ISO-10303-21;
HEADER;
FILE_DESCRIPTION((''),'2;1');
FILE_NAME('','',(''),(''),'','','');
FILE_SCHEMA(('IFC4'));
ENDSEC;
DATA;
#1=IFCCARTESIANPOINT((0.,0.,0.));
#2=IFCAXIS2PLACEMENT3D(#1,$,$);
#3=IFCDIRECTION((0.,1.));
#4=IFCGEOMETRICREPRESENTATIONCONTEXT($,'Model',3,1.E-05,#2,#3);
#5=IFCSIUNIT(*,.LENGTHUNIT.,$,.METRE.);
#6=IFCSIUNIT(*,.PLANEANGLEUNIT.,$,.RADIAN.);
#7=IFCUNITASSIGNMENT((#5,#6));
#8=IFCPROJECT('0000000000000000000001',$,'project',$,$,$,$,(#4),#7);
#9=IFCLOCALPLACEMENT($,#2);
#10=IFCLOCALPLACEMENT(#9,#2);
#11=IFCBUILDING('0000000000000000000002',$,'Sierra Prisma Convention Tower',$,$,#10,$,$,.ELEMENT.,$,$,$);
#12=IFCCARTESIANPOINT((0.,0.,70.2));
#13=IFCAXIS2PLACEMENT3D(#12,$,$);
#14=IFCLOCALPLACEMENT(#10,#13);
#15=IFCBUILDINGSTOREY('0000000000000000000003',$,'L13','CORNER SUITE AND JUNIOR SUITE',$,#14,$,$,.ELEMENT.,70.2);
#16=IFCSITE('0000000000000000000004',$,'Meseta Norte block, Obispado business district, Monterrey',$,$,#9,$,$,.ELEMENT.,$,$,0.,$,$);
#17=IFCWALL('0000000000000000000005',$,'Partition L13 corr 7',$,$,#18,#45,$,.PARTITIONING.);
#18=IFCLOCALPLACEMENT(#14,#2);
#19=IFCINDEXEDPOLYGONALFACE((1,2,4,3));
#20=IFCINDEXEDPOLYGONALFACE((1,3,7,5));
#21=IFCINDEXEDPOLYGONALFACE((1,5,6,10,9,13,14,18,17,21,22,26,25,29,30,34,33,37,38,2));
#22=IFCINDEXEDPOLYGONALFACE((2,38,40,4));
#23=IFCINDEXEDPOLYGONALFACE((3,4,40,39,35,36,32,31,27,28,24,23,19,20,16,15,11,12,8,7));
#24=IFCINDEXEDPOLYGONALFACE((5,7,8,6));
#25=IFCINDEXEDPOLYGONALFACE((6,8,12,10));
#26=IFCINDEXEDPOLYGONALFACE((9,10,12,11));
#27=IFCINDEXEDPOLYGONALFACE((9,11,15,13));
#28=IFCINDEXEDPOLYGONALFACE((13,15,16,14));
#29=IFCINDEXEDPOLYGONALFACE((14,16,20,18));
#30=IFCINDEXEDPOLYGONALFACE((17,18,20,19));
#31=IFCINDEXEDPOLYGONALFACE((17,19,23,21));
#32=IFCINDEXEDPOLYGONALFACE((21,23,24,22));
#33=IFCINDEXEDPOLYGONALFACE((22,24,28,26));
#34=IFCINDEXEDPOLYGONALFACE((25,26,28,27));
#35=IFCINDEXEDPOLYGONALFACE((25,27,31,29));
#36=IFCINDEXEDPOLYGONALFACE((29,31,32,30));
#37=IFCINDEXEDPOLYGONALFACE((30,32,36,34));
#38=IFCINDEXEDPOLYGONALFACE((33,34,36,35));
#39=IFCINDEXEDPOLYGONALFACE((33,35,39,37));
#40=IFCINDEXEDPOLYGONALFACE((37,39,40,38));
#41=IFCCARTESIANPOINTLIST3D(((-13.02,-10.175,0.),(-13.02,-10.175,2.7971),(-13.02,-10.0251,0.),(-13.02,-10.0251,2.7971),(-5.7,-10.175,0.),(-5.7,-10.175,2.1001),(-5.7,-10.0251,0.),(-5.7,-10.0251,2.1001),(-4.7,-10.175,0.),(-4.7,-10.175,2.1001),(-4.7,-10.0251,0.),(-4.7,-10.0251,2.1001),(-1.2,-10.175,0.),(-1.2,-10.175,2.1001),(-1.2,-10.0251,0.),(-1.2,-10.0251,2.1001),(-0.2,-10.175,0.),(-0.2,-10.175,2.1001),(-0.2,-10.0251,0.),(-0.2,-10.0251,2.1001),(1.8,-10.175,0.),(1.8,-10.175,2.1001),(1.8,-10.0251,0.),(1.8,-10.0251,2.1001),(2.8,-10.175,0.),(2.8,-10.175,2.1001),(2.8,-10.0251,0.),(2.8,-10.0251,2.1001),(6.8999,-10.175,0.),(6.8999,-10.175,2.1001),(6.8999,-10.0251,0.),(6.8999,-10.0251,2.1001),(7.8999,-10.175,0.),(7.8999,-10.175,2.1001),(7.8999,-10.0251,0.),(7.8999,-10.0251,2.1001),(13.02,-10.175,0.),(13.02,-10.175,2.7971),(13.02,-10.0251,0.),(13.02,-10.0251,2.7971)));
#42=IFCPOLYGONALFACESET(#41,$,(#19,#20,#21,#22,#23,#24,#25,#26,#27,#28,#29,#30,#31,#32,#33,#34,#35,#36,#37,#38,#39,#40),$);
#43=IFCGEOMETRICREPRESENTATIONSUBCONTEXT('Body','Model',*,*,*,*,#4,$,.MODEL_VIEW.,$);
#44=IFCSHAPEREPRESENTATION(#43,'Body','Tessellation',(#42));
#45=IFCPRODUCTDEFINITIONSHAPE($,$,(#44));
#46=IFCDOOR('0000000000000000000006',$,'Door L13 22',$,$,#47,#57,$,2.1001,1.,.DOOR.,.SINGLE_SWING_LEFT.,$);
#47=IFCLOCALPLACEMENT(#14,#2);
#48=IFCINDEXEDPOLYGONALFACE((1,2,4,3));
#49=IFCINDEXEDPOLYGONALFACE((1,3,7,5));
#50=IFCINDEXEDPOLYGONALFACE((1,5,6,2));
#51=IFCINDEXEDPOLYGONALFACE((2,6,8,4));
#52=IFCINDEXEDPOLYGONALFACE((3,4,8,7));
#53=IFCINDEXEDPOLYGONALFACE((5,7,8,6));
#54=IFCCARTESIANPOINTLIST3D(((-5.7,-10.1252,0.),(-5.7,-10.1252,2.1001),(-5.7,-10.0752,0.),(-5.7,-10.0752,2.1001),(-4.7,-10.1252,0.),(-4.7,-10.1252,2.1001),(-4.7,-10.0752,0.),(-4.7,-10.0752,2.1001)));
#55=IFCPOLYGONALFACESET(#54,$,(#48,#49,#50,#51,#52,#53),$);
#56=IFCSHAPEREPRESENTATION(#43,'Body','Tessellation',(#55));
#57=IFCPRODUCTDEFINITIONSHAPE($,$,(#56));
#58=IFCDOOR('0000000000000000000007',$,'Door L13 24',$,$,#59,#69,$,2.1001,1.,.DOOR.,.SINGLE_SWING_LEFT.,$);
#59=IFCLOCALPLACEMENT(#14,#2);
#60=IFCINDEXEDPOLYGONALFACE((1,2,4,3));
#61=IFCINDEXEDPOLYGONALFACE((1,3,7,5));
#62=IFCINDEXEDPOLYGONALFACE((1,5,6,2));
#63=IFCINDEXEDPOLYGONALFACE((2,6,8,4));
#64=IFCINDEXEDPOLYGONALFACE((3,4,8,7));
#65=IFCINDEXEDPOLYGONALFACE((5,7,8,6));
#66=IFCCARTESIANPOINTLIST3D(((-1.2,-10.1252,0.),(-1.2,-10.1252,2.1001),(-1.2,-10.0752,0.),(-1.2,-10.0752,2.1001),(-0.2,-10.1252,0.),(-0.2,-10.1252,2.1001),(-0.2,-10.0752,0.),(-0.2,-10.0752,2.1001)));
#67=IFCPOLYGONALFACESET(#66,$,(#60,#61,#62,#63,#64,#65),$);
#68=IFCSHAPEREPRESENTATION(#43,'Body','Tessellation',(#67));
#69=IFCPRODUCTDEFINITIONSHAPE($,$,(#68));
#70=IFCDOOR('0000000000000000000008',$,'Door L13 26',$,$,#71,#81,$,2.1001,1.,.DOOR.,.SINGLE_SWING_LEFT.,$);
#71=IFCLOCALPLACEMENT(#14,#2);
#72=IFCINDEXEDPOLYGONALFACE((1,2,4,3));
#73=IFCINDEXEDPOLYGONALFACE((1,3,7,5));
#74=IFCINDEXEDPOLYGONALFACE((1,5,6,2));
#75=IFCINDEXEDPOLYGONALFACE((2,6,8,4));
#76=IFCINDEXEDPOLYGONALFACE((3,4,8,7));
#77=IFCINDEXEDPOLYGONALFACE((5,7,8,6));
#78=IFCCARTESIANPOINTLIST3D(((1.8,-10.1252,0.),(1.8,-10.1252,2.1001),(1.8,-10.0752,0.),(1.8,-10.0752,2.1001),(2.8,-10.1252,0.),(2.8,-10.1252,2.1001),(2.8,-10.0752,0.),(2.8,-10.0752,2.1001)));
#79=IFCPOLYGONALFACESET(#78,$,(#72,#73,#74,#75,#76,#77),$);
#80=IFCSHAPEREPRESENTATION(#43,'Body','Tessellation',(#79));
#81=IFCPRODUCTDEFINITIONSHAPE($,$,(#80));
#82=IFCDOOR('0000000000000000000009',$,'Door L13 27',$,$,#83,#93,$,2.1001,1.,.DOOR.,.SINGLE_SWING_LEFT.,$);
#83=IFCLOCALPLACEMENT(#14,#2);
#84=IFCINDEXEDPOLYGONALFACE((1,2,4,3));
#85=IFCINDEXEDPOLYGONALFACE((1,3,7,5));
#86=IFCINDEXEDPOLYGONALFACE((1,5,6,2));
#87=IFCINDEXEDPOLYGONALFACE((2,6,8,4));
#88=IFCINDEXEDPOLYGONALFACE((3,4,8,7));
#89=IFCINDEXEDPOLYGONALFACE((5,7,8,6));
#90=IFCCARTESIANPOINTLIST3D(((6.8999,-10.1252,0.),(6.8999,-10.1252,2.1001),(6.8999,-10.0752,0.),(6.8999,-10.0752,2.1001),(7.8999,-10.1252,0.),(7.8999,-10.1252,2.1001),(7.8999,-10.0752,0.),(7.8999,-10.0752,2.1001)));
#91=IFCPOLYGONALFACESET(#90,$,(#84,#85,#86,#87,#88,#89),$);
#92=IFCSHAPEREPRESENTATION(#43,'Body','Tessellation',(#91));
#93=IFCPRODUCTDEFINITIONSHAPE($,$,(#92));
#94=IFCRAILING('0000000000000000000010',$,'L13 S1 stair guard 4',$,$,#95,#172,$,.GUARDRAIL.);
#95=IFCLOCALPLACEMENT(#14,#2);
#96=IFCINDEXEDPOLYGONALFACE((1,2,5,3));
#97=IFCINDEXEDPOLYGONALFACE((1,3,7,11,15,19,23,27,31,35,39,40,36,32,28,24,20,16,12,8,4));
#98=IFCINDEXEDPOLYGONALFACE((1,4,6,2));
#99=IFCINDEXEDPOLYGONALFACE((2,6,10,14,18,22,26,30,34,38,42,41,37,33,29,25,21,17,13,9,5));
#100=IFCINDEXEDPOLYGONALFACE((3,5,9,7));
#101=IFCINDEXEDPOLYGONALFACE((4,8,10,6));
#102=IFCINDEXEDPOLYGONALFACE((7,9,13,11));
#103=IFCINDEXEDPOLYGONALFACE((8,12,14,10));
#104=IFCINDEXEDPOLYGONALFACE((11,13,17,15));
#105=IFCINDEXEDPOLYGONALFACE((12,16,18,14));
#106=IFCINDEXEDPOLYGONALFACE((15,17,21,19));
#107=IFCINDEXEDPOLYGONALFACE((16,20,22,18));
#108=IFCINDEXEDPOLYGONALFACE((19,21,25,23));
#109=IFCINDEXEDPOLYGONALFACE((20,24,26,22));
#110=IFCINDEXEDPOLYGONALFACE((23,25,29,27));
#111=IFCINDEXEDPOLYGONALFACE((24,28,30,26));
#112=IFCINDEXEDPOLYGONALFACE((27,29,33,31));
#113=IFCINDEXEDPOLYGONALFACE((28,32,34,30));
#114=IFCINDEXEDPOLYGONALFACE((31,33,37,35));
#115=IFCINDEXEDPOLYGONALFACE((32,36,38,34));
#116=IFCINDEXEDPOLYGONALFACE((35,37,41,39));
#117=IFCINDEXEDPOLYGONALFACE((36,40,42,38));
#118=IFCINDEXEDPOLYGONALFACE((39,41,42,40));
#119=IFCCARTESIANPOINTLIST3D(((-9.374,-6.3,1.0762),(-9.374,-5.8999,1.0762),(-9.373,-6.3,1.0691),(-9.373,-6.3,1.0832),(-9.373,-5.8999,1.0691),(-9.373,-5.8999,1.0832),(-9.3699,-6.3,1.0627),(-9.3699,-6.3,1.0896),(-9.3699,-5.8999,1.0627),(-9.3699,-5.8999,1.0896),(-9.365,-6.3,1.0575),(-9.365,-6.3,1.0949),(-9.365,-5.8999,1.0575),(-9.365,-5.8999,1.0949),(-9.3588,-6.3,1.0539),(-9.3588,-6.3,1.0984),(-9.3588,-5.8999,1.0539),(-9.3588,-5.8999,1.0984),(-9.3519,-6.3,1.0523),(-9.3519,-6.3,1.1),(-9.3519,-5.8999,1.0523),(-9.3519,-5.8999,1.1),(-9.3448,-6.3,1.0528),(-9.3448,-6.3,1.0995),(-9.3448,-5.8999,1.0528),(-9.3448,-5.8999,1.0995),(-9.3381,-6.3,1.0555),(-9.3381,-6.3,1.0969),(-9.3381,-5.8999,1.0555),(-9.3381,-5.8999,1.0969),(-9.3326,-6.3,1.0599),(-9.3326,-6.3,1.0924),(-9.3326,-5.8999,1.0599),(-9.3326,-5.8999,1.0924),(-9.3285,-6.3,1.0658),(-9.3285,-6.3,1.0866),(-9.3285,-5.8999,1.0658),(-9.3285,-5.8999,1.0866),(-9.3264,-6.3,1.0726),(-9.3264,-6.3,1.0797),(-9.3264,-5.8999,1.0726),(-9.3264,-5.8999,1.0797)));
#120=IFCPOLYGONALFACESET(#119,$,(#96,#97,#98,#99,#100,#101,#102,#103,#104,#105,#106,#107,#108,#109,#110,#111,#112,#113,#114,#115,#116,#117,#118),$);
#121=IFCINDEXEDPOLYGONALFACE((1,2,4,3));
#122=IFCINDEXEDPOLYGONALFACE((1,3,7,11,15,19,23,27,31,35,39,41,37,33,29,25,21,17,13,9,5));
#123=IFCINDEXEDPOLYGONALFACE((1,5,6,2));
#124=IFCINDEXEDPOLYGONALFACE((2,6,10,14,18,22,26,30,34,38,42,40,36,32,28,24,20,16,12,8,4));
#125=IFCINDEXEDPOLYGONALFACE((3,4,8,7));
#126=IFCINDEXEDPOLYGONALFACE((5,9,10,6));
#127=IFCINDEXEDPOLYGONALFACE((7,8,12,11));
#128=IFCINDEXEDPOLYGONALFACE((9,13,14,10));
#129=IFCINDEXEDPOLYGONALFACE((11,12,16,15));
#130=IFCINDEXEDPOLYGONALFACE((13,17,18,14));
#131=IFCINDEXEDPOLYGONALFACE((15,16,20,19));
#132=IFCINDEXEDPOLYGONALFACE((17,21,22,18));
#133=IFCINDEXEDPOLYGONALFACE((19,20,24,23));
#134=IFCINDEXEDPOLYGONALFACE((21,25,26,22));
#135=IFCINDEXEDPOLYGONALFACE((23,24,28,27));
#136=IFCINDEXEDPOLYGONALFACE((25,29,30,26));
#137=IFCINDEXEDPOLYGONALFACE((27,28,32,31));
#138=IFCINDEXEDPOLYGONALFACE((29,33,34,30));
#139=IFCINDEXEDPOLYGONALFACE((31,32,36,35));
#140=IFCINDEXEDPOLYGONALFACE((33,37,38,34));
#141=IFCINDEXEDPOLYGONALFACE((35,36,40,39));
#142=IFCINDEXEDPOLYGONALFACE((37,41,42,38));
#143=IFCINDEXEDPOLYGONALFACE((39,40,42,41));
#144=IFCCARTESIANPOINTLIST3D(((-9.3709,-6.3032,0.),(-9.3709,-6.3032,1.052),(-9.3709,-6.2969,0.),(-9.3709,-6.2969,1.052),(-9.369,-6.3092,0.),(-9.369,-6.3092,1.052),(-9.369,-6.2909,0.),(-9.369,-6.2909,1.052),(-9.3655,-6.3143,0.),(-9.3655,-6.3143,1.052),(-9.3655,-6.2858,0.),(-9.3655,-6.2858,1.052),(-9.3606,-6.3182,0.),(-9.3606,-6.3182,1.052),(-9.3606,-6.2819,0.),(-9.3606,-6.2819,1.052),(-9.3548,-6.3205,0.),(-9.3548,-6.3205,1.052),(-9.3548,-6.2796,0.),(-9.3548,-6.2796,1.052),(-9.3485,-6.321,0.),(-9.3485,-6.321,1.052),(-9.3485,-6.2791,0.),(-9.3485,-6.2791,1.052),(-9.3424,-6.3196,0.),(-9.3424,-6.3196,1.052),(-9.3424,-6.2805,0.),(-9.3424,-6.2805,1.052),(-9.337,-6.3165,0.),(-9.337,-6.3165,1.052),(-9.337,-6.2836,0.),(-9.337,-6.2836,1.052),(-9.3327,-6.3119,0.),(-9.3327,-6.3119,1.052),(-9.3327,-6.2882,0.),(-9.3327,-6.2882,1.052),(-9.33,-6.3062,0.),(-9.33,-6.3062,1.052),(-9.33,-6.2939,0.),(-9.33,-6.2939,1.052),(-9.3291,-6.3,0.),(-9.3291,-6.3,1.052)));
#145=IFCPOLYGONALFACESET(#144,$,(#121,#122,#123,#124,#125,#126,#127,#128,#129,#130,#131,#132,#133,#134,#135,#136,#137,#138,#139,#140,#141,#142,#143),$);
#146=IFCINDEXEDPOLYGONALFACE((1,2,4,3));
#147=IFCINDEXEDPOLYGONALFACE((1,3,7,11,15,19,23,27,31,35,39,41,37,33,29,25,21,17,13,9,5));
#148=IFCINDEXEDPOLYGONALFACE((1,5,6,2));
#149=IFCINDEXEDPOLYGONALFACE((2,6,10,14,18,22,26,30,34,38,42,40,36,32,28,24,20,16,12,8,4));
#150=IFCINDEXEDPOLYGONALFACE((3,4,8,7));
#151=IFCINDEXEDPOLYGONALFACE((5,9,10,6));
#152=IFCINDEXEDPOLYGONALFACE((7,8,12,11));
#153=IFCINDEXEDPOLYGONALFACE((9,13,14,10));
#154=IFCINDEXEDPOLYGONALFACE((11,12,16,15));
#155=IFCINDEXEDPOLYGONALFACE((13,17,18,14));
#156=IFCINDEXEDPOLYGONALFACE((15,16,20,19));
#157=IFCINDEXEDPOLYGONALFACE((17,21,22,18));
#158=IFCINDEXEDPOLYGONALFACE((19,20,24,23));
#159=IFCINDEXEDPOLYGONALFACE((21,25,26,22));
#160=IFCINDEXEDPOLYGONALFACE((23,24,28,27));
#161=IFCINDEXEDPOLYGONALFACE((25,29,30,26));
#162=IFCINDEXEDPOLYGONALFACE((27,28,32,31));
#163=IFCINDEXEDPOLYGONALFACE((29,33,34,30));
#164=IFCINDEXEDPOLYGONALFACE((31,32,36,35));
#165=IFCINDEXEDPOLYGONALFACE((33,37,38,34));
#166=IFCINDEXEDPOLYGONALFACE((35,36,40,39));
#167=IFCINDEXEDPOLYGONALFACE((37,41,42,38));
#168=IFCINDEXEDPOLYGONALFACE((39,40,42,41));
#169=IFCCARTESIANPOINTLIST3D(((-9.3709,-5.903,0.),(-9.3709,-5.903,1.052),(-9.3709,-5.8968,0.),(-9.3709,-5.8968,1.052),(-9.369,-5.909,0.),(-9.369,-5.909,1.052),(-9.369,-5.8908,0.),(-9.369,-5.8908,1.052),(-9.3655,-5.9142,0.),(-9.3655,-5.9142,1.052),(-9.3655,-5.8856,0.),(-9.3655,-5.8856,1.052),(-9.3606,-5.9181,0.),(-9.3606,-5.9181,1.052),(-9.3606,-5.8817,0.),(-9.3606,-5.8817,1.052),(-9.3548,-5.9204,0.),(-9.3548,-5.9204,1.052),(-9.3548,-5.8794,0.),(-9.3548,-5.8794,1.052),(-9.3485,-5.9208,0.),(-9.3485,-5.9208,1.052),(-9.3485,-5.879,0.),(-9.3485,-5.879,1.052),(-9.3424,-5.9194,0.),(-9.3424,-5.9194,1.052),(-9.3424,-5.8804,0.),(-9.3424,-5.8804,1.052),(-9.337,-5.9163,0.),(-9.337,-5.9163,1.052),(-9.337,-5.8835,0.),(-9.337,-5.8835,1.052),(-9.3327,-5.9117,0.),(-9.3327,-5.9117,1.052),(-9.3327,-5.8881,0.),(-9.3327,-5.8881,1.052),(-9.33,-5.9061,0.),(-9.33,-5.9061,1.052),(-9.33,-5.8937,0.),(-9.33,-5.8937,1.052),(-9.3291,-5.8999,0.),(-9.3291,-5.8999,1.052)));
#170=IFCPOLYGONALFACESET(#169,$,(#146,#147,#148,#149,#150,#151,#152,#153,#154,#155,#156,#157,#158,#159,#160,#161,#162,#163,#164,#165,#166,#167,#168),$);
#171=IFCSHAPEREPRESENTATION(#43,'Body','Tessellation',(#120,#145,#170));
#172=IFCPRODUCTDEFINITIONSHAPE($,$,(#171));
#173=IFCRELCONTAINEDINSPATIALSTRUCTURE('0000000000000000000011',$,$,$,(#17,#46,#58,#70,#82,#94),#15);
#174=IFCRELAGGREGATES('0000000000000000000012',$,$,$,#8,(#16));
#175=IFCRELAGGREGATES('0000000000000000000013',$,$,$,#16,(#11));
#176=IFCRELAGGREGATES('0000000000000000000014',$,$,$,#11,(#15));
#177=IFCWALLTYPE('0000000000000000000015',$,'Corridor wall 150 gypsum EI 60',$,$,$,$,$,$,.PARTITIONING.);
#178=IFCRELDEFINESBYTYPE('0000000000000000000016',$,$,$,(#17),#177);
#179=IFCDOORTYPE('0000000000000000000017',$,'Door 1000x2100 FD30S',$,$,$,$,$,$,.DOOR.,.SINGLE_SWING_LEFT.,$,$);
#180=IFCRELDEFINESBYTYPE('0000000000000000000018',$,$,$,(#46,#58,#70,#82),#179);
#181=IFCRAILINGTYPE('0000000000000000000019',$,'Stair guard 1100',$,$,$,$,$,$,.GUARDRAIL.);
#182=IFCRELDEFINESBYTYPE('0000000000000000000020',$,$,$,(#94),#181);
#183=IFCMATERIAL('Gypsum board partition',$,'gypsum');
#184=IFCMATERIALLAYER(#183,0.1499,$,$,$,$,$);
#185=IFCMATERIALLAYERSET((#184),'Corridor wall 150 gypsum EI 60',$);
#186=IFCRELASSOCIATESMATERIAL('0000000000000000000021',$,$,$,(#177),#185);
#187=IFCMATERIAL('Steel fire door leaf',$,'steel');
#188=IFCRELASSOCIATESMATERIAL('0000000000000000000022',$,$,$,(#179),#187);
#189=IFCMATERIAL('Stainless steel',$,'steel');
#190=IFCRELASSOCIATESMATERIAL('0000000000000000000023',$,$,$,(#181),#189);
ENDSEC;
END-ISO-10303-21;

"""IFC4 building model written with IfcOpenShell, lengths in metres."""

from ifc_helpers import new_model, si_unit, direction, frame, frame_2d, origin, origin_2d, place, context, subcontext, project, spatial, rectangle, circle, extrude, material, layer, layer_set, type_object, element, fill, save


model = new_model("IFC4")

# Units and contexts
model_context = context("Model", 3, precision=1e-05, world=origin(), true_north=direction((0.0, 1.0)))
body_context = subcontext(model_context, "Body", "Model", "MODEL_VIEW")
ifc_project = project(units=[si_unit("LENGTHUNIT", "METRE"), si_unit("PLANEANGLEUNIT", "RADIAN")], contexts=[model_context])

# Site, building, storey
site_placement = place(None, origin())
site = spatial("IfcSite", under=ifc_project, at=site_placement, Name="Meseta Norte block, Obispado business district, Monterrey", CompositionType="ELEMENT", RefElevation=0.0)
building_placement = place(site_placement, origin())
building = spatial("IfcBuilding", under=site, at=building_placement, Name="Sierra Prisma Convention Tower", CompositionType="ELEMENT")
storey_placement = place(building_placement, frame((0.0, 0.0, 70.2)))
storey = spatial("IfcBuildingStorey", under=building, at=storey_placement, Name="L13", Description="CORNER SUITE AND JUNIOR SUITE", CompositionType="ELEMENT", Elevation=70.2)

# Shared definitions
ifc_material_1 = material(Name="Gypsum board partition", Category="gypsum")
ifc_layer_1 = layer(ifc_material_1, 0.1499)
ifc_layer_set_1 = layer_set([ifc_layer_1], Name="Corridor wall 150 gypsum EI 60")
wall_type_1 = type_object("IfcWallType", Name="Corridor wall 150 gypsum EI 60", PredefinedType="PARTITIONING", material=ifc_layer_set_1)
ifc_material_2 = material(Name="Steel fire door leaf", Category="steel")
door_type_1 = type_object("IfcDoorType", Name="Door 1000x2100 FD30S", OperationType="SINGLE_SWING_LEFT", PredefinedType="DOOR", material=ifc_material_2)

# Wall, openings, doors
wall_1_placement = place(storey_placement, frame((-13.02, -10.1001, 0.0), z_axis=(0.0, 0.0, 1.0), x_axis=(1.0, 0.0, 0.0)))
wall_1 = element("IfcWall", 1, at=wall_1_placement, inside=storey, type_object=wall_type_1, Name="Partition L13 corr 7", PredefinedType="PARTITIONING", context=body_context, shape_type="SweptSolid", body=[
    extrude(rectangle(XDim=26.04, YDim=0.1499, at=frame_2d((13.02, 0.0))), origin(), (0.0, 0.0, 1.0), 2.7971),
])
opening_1_placement = place(wall_1_placement, frame((7.3201, 0.0, 0.0)))
opening_1 = element("IfcOpeningElement", 2, at=opening_1_placement, cuts=wall_1, PredefinedType="OPENING", context=body_context, shape_type="SweptSolid", body=[
    extrude(rectangle(XDim=1.0, YDim=2.1001, at=frame_2d((0.5, 1.05))), frame((0.0, 0.075, 0.0), z_axis=(0.0, -1.0, 0.0), x_axis=(1.0, 0.0, 0.0)), (0.0, 0.0, 1.0), 0.1499),
])
opening_2_placement = place(wall_1_placement, frame((11.8201, 0.0, 0.0)))
opening_2 = element("IfcOpeningElement", 3, at=opening_2_placement, cuts=wall_1, PredefinedType="OPENING", context=body_context, shape_type="SweptSolid", body=[
    extrude(rectangle(XDim=1.0, YDim=2.1001, at=frame_2d((0.5, 1.05))), frame((0.0, 0.075, 0.0), z_axis=(0.0, -1.0, 0.0), x_axis=(1.0, 0.0, 0.0)), (0.0, 0.0, 1.0), 0.1499),
])
opening_3_placement = place(wall_1_placement, frame((14.8201, 0.0, 0.0)))
opening_3 = element("IfcOpeningElement", 4, at=opening_3_placement, cuts=wall_1, PredefinedType="OPENING", context=body_context, shape_type="SweptSolid", body=[
    extrude(rectangle(XDim=1.0, YDim=2.1001, at=frame_2d((0.5, 1.05))), frame((0.0, 0.075, 0.0), z_axis=(0.0, -1.0, 0.0), x_axis=(1.0, 0.0, 0.0)), (0.0, 0.0, 1.0), 0.1499),
])
opening_4_placement = place(wall_1_placement, frame((19.9199, 0.0, 0.0)))
opening_4 = element("IfcOpeningElement", 5, at=opening_4_placement, cuts=wall_1, PredefinedType="OPENING", context=body_context, shape_type="SweptSolid", body=[
    extrude(rectangle(XDim=1.0, YDim=2.1001, at=frame_2d((0.5, 1.05))), frame((0.0, 0.075, 0.0), z_axis=(0.0, -1.0, 0.0), x_axis=(1.0, 0.0, 0.0)), (0.0, 0.0, 1.0), 0.1499),
])
door_1_placement = place(opening_1_placement, origin())
door_1 = element("IfcDoor", 6, at=door_1_placement, inside=storey, type_object=door_type_1, Name="Door L13 22", OperationType="SINGLE_SWING_LEFT", OverallHeight=2.1001, OverallWidth=1.0, PredefinedType="DOOR", context=body_context, shape_type="SweptSolid", body=[
    extrude(rectangle(XDim=1.0, YDim=2.1001, at=frame_2d((0.5, 1.05))), frame((0.0, 0.0249, 0.0), z_axis=(0.0, -1.0, 0.0), x_axis=(1.0, 0.0, 0.0)), (0.0, 0.0, 1.0), 0.05),
])
fill(opening_1, door_1)
door_2_placement = place(opening_2_placement, origin())
door_2 = element("IfcDoor", 7, at=door_2_placement, inside=storey, type_object=door_type_1, Name="Door L13 24", OperationType="SINGLE_SWING_LEFT", OverallHeight=2.1001, OverallWidth=1.0, PredefinedType="DOOR", context=body_context, shape_type="SweptSolid", body=[
    extrude(rectangle(XDim=1.0, YDim=2.1001, at=frame_2d((0.5, 1.05))), frame((0.0, 0.0249, 0.0), z_axis=(0.0, -1.0, 0.0), x_axis=(1.0, 0.0, 0.0)), (0.0, 0.0, 1.0), 0.05),
])
fill(opening_2, door_2)
door_3_placement = place(opening_3_placement, origin())
door_3 = element("IfcDoor", 8, at=door_3_placement, inside=storey, type_object=door_type_1, Name="Door L13 26", OperationType="SINGLE_SWING_LEFT", OverallHeight=2.1001, OverallWidth=1.0, PredefinedType="DOOR", context=body_context, shape_type="SweptSolid", body=[
    extrude(rectangle(XDim=1.0, YDim=2.1001, at=frame_2d((0.5, 1.05))), frame((0.0, 0.0249, 0.0), z_axis=(0.0, -1.0, 0.0), x_axis=(1.0, 0.0, 0.0)), (0.0, 0.0, 1.0), 0.05),
])
fill(opening_3, door_3)
door_4_placement = place(opening_4_placement, origin())
door_4 = element("IfcDoor", 9, at=door_4_placement, inside=storey, type_object=door_type_1, Name="Door L13 27", OperationType="SINGLE_SWING_LEFT", OverallHeight=2.1001, OverallWidth=1.0, PredefinedType="DOOR", context=body_context, shape_type="SweptSolid", body=[
    extrude(rectangle(XDim=1.0, YDim=2.1001, at=frame_2d((0.5, 1.05))), frame((0.0, 0.0249, 0.0), z_axis=(0.0, -1.0, 0.0), x_axis=(1.0, 0.0, 0.0)), (0.0, 0.0, 1.0), 0.05),
])
fill(opening_4, door_4)

# Railing
ifc_material_3 = material(Name="Stainless steel", Category="steel")
railing_type = type_object("IfcRailingType", Name="Stair guard 1100", PredefinedType="GUARDRAIL", material=ifc_material_3)
railing_placement = place(storey_placement, frame((-9.3501, -6.3, 0.0)))
element("IfcRailing", 10, at=railing_placement, inside=storey, type_object=railing_type, Name="L13 S1 stair guard 4", PredefinedType="GUARDRAIL", context=body_context, shape_type="SweptSolid", body=[
    extrude(circle(Radius=0.0239, at=origin_2d()), frame((0.0, 0.0, 1.0762), z_axis=(0.0, 1.0, 0.0), x_axis=(-1.0, 0.0, 0.0)), (0.0, 0.0, 1.0), 0.4001),
    extrude(circle(Radius=0.021, at=origin_2d()), origin(), (0.0, 0.0, 1.0), 1.052),
    extrude(circle(Radius=0.021, at=origin_2d()), frame((0.0, 0.4001, 0.0)), (0.0, 0.0, 1.0), 1.052),
])

save(model, "model.ifc")
